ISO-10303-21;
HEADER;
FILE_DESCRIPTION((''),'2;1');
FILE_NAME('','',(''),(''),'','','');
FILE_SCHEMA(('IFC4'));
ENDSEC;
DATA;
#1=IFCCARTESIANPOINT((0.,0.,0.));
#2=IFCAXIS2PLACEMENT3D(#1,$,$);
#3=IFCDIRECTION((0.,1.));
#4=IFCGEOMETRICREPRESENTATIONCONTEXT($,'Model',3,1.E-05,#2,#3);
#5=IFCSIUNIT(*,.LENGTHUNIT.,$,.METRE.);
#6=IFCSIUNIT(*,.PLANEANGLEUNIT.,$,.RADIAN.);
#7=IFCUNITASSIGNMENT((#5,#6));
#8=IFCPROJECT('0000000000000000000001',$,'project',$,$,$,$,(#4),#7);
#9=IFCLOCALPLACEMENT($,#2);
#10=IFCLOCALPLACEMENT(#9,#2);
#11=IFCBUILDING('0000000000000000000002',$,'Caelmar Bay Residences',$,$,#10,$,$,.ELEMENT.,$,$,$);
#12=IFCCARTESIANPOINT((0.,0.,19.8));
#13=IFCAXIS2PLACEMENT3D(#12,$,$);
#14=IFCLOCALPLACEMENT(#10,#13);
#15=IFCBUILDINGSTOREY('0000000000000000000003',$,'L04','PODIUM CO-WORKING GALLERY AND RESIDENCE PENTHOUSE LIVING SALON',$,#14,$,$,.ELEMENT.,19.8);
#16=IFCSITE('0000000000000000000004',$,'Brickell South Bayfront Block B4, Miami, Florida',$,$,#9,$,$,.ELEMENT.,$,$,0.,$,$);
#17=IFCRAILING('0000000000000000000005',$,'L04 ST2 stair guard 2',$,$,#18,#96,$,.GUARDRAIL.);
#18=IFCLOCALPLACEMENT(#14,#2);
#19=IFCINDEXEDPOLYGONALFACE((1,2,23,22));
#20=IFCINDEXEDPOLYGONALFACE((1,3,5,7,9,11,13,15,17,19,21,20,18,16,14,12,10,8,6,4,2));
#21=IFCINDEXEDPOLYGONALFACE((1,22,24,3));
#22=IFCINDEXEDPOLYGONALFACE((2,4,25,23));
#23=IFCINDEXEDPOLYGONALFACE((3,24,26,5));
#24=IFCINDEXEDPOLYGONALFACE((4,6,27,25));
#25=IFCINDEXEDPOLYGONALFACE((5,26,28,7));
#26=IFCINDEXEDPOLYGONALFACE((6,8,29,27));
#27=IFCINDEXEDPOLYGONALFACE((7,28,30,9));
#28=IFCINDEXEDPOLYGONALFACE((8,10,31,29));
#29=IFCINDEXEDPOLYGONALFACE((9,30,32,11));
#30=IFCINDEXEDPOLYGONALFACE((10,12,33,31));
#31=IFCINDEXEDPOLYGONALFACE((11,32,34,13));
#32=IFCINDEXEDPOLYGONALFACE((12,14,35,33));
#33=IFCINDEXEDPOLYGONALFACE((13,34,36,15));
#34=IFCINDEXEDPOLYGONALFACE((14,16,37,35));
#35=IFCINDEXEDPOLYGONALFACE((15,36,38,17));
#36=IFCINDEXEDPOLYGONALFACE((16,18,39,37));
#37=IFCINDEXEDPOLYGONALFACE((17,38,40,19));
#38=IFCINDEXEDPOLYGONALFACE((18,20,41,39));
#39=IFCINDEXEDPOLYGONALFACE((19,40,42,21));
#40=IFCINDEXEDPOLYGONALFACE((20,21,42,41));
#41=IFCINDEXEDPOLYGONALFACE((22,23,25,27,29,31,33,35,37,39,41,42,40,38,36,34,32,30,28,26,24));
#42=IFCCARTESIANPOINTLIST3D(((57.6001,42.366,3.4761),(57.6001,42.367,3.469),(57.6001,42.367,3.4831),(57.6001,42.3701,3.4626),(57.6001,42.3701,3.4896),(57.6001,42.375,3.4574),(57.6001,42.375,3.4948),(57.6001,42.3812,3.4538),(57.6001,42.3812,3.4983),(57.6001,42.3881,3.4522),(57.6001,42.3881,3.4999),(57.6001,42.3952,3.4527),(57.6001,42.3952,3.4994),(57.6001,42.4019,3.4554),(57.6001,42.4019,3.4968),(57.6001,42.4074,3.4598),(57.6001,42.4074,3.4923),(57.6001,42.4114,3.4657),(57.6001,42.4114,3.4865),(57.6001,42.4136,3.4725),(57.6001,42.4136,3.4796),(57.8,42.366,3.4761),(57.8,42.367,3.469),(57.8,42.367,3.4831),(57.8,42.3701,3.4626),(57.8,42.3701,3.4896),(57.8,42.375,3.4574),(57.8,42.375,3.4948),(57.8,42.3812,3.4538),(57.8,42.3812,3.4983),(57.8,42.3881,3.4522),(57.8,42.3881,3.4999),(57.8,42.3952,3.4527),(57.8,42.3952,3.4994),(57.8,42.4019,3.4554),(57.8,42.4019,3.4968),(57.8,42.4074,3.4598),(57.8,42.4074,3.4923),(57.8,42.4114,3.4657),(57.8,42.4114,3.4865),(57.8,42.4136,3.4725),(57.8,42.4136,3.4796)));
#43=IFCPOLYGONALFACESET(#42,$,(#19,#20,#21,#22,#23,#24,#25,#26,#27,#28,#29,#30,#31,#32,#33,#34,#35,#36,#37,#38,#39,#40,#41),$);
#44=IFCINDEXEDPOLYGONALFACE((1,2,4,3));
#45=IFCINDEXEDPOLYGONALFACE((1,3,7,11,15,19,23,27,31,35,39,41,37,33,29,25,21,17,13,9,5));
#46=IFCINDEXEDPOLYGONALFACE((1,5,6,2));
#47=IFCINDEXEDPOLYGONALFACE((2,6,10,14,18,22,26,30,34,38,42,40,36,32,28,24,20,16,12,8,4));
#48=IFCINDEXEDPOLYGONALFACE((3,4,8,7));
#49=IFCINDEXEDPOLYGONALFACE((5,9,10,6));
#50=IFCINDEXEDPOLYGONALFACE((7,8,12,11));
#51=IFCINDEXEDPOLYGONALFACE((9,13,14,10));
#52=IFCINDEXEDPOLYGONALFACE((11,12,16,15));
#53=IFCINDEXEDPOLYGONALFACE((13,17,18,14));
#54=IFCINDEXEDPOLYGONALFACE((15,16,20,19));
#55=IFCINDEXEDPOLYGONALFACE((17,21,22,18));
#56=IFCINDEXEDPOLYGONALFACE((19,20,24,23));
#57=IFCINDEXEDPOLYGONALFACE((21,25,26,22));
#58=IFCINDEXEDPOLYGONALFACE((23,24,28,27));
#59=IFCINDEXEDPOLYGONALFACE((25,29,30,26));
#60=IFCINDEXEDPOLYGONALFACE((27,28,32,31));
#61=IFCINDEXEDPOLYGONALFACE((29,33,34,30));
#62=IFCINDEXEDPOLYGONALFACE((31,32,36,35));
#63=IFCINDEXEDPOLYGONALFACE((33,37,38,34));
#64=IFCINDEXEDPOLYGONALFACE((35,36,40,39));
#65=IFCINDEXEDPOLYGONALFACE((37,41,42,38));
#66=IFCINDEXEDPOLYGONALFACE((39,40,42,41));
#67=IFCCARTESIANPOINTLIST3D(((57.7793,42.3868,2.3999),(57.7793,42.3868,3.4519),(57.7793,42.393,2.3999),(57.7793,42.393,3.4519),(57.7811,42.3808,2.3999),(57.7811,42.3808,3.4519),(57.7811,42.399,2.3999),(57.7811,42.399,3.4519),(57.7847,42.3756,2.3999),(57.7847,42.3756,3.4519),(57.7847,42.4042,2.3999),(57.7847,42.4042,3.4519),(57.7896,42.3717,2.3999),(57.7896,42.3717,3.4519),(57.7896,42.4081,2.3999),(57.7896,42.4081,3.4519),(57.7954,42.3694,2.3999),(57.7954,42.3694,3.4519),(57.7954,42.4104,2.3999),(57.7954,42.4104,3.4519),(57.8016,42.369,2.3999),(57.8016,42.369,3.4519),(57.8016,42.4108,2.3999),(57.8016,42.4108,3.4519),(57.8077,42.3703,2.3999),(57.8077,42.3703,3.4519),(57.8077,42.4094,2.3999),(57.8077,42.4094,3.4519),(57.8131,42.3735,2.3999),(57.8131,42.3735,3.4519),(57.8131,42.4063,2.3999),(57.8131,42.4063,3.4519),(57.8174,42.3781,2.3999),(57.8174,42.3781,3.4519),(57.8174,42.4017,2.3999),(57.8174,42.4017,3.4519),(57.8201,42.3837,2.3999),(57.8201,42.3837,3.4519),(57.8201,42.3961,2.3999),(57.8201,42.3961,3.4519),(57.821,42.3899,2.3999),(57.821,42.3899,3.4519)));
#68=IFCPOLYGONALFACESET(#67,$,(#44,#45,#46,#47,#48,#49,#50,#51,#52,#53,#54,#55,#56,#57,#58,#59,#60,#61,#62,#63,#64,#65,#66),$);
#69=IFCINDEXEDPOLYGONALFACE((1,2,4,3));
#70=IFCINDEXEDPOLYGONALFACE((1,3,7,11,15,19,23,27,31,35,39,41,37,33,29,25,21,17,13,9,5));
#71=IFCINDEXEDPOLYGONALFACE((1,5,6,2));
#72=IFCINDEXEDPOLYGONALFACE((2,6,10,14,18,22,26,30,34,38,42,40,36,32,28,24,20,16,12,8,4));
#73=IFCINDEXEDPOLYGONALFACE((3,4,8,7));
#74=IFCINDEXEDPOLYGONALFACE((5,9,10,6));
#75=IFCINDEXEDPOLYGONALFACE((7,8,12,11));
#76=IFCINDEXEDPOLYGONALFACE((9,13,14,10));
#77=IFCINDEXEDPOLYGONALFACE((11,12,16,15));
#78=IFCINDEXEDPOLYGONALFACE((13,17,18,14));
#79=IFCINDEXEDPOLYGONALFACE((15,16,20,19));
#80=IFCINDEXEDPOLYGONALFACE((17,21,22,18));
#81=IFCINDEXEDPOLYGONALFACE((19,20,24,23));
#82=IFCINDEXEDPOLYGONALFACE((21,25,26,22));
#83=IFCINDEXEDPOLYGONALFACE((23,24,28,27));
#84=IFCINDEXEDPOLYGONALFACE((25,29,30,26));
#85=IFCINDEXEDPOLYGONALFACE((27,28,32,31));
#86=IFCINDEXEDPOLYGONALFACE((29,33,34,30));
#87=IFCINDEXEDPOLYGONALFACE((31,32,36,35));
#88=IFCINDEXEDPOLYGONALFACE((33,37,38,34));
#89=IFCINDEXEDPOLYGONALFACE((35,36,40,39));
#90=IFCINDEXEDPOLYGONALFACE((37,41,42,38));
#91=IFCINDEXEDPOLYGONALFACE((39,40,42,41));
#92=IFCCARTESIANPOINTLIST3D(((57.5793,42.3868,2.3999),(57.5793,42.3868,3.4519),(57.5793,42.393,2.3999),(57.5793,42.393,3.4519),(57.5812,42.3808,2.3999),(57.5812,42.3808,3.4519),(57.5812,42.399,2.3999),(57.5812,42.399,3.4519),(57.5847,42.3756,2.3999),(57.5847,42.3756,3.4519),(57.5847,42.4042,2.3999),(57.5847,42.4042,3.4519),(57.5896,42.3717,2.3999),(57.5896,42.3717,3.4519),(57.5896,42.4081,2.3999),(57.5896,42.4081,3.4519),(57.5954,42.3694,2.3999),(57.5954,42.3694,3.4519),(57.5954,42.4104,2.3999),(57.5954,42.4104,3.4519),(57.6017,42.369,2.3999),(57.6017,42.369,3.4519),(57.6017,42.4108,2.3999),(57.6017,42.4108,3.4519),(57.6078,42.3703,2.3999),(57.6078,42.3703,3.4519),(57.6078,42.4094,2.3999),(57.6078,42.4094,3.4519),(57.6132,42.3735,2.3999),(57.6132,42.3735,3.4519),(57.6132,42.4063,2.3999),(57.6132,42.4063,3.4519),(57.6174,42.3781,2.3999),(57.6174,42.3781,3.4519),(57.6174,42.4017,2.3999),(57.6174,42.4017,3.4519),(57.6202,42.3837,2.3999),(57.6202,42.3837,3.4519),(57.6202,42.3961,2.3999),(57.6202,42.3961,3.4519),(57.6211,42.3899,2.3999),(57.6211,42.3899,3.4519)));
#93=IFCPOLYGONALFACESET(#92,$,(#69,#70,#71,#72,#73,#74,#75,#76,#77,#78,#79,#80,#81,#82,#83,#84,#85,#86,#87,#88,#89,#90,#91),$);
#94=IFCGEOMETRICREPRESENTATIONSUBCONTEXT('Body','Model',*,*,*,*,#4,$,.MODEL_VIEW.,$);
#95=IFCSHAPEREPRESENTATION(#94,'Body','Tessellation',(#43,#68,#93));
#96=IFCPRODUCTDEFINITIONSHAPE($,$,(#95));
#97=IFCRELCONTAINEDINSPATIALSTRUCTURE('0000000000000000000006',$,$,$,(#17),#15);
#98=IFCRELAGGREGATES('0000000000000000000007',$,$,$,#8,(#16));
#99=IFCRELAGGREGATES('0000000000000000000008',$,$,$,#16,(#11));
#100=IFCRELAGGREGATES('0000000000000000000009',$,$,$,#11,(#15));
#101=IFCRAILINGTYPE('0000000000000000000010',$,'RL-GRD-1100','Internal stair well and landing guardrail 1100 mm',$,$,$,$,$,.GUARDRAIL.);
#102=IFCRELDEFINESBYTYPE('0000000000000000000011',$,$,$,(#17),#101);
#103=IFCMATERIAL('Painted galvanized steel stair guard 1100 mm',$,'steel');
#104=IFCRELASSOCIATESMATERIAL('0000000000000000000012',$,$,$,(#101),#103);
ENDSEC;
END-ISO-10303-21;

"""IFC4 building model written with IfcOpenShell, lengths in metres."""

from ifc_helpers import new_model, si_unit, direction, frame, origin, origin_2d, place, context, subcontext, project, spatial, circle, extrude, material, type_object, element, save


model = new_model("IFC4")

# Units and contexts
model_context = context("Model", 3, precision=1e-05, world=origin(), true_north=direction((0.0, 1.0)))
body_context = subcontext(model_context, "Body", "Model", "MODEL_VIEW")
ifc_project = project(units=[si_unit("LENGTHUNIT", "METRE"), si_unit("PLANEANGLEUNIT", "RADIAN")], contexts=[model_context])

# Site, building, storey
site_placement = place(None, origin())
site = spatial("IfcSite", under=ifc_project, at=site_placement, Name="Brickell South Bayfront Block B4, Miami, Florida", CompositionType="ELEMENT", RefElevation=0.0)
building_placement = place(site_placement, origin())
building = spatial("IfcBuilding", under=site, at=building_placement, Name="Caelmar Bay Residences", CompositionType="ELEMENT")
storey_placement = place(building_placement, frame((0.0, 0.0, 19.8)))
storey = spatial("IfcBuildingStorey", under=building, at=storey_placement, Name="L04", Description="PODIUM CO-WORKING GALLERY AND RESIDENCE PENTHOUSE LIVING SALON", CompositionType="ELEMENT", Elevation=19.8)

# Railing
ifc_material_1 = material(Name="Painted galvanized steel stair guard 1100 mm", Category="steel")
railing_type_1 = type_object("IfcRailingType", Name="RL-GRD-1100", Description="Internal stair well and landing guardrail 1100 mm", PredefinedType="GUARDRAIL", material=ifc_material_1)
railing_1_placement = place(storey_placement, frame((57.8, 42.3899, 2.3999)))
element("IfcRailing", 1, at=railing_1_placement, inside=storey, type_object=railing_type_1, Name="L04 ST2 stair guard 2", PredefinedType="GUARDRAIL", context=body_context, shape_type="SweptSolid", body=[
    extrude(circle(Radius=0.0239, at=origin_2d()), frame((0.0, 0.0, 1.0762), z_axis=(-1.0, 0.0, 0.0), x_axis=(0.0, -1.0, 0.0)), (0.0, 0.0, 1.0), 0.2),
    extrude(circle(Radius=0.021, at=origin_2d()), origin(), (0.0, 0.0, 1.0), 1.052),
    extrude(circle(Radius=0.021, at=origin_2d()), frame((-0.2, 0.0, 0.0)), (0.0, 0.0, 1.0), 1.052),
])

save(model, "model.ifc")
